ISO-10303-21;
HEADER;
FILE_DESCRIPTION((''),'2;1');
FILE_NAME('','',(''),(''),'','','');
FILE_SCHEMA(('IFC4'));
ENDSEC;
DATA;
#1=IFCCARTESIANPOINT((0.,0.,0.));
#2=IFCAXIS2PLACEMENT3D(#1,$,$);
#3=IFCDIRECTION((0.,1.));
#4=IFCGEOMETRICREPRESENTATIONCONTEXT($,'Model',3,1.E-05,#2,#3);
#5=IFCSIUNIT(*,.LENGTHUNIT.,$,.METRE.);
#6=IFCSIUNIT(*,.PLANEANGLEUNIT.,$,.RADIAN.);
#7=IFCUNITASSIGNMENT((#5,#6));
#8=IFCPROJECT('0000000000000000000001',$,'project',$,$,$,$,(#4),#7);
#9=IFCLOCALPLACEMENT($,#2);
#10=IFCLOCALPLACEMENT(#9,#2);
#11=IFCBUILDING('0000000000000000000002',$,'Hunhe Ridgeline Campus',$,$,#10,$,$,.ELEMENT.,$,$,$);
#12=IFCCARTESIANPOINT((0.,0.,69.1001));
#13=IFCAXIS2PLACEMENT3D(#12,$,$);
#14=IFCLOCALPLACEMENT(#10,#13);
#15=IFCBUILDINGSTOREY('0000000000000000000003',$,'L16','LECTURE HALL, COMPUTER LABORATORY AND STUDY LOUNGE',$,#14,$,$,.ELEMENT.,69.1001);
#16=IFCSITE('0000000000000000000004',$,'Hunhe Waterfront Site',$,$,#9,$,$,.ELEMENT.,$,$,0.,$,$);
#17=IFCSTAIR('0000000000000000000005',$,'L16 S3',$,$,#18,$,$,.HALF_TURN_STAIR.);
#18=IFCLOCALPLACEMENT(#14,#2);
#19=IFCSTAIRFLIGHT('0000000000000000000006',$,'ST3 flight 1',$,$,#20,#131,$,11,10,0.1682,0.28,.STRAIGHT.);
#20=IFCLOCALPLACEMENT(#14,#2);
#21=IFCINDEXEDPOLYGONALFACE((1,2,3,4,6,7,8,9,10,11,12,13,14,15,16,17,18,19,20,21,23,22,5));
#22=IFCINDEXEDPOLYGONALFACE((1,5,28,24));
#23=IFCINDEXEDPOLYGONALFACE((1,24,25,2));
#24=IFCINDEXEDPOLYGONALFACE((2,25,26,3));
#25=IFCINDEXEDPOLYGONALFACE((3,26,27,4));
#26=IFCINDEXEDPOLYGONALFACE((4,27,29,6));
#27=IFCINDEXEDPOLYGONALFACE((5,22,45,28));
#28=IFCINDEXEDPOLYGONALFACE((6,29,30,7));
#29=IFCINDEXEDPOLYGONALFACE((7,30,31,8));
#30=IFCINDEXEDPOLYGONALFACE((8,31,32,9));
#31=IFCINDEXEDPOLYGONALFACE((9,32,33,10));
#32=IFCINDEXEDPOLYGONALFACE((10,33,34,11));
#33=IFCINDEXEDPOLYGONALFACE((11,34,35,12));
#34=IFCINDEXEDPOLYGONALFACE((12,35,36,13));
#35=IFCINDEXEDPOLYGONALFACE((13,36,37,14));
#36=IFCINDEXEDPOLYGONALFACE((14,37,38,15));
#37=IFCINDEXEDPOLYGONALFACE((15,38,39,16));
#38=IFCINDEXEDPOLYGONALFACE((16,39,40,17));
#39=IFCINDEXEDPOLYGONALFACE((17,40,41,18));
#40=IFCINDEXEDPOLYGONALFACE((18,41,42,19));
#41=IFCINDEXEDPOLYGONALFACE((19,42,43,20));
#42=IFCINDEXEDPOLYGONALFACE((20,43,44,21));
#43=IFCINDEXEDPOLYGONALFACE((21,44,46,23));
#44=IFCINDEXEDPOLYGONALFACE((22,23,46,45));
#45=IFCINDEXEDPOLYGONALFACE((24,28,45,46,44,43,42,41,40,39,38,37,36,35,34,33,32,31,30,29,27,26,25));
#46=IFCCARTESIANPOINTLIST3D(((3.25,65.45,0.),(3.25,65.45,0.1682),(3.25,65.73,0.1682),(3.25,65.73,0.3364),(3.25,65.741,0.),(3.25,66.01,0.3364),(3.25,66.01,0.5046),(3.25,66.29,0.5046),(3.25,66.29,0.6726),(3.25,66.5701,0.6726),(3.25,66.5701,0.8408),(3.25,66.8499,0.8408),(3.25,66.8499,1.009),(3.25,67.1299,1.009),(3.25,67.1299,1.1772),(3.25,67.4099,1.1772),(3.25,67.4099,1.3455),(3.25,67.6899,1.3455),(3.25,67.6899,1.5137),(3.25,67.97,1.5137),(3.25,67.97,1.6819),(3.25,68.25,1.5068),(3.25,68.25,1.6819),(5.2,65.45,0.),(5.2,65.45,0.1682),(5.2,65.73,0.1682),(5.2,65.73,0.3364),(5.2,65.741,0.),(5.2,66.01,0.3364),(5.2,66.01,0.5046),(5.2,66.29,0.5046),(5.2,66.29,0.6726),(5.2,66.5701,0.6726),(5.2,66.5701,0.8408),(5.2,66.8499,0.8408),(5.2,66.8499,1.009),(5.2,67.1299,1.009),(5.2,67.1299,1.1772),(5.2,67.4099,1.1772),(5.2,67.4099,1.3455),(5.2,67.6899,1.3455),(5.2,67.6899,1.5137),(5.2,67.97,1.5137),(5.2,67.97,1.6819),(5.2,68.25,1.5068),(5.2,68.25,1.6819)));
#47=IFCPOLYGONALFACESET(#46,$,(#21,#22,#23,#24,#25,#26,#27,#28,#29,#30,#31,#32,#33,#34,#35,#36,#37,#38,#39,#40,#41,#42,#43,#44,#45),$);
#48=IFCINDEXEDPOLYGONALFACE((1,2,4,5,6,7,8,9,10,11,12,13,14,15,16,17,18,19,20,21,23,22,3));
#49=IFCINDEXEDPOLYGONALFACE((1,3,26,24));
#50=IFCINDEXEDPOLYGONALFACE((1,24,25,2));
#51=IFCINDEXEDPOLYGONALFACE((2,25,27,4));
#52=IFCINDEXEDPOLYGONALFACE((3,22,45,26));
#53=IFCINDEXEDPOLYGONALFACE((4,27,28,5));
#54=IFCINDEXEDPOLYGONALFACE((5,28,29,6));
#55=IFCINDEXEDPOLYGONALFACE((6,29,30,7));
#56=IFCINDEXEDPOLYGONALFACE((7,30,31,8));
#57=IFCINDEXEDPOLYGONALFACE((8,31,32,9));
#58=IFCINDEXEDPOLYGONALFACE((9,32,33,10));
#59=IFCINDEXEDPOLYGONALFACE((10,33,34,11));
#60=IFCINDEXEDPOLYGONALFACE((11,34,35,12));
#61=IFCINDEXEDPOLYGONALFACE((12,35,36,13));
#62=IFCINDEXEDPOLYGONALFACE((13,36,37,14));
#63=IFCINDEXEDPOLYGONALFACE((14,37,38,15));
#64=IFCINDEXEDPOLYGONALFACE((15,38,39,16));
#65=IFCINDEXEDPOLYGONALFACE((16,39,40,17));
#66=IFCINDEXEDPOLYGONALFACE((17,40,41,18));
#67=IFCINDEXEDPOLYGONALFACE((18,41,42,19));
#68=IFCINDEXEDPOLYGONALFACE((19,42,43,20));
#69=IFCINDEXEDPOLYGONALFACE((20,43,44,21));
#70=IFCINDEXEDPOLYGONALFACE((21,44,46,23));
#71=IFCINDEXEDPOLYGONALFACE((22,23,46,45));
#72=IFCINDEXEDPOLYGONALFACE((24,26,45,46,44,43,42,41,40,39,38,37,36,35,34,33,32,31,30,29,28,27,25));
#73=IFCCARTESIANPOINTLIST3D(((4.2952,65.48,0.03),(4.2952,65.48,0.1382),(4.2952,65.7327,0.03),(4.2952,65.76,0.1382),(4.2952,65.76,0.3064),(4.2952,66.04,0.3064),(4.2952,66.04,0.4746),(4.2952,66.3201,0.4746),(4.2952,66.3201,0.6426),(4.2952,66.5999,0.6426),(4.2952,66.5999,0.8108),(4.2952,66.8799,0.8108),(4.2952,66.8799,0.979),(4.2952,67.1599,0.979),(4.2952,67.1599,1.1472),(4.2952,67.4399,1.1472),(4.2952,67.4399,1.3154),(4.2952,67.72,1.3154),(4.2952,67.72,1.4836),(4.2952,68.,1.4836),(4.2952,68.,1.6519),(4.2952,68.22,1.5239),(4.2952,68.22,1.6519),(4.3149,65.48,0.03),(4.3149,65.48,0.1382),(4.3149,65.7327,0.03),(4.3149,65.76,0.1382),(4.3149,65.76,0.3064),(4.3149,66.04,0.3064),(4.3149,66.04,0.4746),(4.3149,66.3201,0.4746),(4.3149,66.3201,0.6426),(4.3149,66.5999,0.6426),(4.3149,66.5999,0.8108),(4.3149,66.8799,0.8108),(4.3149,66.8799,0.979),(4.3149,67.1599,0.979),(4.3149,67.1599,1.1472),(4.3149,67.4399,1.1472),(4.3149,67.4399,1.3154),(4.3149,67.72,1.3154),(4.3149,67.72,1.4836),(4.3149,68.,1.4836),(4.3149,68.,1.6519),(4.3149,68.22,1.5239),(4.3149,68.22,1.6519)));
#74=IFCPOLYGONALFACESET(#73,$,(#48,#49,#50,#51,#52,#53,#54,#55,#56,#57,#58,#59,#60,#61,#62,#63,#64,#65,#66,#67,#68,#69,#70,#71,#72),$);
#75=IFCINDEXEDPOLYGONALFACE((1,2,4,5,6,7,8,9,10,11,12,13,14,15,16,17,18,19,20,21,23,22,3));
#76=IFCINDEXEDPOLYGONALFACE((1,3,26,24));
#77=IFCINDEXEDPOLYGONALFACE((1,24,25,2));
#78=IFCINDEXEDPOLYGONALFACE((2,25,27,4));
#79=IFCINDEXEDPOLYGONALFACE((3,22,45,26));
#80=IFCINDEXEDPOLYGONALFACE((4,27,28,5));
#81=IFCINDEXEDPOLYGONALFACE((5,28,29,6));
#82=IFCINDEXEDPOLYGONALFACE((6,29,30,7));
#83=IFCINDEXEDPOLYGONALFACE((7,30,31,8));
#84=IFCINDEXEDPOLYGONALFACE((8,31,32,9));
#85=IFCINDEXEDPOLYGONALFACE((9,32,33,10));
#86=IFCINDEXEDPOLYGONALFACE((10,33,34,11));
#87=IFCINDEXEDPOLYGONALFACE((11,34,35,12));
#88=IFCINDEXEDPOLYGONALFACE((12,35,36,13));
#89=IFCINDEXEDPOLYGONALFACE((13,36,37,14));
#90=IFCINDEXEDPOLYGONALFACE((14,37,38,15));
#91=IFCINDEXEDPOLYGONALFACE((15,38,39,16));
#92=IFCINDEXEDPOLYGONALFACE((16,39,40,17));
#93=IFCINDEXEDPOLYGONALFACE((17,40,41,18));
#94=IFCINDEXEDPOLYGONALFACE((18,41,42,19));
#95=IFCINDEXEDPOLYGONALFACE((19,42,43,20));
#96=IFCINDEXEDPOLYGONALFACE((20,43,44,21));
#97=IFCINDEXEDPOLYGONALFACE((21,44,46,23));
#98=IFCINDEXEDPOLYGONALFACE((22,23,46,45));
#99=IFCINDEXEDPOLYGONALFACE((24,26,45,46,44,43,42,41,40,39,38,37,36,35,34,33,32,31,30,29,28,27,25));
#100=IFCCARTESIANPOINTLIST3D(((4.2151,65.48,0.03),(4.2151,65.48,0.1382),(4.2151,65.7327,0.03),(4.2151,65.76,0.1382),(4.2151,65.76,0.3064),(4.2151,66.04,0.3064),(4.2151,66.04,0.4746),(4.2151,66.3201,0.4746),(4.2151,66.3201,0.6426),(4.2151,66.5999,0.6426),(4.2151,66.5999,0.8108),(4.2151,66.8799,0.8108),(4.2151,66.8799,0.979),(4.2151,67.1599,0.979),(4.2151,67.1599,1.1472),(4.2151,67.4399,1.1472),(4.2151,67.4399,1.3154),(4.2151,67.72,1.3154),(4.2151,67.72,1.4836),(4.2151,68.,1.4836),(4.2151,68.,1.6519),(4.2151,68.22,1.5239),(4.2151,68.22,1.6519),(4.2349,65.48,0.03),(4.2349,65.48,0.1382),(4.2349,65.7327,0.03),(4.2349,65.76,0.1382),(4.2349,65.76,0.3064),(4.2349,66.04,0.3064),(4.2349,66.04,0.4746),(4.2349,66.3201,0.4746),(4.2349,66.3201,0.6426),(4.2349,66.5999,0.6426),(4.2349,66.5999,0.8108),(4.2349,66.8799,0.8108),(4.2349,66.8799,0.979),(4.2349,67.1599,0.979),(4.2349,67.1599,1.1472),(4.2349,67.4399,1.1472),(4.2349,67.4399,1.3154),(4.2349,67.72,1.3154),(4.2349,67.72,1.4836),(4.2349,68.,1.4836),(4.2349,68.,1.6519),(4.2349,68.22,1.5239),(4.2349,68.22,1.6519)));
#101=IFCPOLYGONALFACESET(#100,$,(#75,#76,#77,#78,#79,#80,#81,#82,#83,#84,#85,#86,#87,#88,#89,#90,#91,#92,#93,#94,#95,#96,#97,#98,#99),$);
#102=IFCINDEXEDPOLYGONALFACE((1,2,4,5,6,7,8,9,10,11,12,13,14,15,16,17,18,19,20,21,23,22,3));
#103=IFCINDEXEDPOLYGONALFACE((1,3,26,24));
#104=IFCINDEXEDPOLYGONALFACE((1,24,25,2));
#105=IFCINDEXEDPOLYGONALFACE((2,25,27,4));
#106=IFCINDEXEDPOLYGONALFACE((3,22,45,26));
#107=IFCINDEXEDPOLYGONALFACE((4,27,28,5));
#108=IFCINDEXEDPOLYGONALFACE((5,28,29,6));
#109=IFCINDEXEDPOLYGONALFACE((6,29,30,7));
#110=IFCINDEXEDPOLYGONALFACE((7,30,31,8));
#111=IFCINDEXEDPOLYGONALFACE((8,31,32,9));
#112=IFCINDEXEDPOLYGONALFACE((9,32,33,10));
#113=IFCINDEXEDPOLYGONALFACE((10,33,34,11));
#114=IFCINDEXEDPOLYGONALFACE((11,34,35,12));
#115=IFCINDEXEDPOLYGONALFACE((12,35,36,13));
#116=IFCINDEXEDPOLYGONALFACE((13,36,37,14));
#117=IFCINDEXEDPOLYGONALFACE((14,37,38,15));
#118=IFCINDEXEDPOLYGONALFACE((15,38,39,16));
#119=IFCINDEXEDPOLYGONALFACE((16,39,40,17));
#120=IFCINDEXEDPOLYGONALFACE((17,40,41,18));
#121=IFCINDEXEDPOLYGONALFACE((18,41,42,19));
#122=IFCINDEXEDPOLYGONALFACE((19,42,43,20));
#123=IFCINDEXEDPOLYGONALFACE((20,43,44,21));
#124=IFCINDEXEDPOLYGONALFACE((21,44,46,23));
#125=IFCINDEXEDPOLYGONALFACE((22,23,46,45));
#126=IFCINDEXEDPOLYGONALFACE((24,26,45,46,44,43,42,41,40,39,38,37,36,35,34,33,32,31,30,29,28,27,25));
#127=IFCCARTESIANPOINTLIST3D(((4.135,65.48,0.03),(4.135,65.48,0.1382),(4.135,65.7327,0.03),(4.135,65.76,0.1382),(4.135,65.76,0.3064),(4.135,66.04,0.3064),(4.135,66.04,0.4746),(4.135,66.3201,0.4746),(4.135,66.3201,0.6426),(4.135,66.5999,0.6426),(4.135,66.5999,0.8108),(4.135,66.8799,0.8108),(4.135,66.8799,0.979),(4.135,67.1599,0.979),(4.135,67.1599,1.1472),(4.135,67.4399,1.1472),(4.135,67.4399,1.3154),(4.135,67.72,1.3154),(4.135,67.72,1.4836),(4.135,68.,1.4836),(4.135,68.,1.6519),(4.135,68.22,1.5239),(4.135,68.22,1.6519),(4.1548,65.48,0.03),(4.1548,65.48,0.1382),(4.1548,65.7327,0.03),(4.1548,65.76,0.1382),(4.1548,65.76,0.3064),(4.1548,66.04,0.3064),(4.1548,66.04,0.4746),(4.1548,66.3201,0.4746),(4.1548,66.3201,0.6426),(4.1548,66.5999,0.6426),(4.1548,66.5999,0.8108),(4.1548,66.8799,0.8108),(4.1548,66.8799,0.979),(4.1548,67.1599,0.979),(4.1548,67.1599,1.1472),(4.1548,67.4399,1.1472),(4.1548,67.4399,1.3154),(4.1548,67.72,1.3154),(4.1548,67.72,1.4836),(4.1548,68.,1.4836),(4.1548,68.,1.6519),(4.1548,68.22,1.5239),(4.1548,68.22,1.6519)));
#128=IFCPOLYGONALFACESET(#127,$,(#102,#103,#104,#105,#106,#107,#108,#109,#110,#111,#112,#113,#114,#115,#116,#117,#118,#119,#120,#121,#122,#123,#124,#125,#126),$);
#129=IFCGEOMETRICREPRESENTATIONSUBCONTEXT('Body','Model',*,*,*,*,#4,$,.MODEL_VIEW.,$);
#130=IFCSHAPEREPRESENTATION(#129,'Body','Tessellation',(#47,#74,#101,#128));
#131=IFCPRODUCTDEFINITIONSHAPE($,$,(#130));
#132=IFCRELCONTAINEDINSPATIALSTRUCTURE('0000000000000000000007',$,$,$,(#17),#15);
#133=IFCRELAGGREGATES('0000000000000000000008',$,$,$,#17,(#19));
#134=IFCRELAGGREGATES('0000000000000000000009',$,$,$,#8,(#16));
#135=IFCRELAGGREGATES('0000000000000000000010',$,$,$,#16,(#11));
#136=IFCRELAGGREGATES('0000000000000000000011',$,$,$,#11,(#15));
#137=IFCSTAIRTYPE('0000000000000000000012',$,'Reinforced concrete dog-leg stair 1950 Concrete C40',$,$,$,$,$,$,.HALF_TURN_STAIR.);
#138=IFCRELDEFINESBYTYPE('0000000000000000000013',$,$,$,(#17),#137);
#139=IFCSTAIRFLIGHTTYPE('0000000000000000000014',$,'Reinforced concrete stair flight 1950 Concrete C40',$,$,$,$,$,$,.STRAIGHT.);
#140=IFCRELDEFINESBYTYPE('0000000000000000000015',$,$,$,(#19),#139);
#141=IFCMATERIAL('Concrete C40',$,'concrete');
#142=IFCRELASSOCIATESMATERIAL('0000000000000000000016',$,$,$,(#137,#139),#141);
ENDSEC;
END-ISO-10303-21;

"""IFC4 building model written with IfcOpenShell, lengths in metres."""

from ifc_helpers import new_model, si_unit, direction, frame, origin, place, context, subcontext, project, spatial, polyline, outline, extrude, material, type_object, element, aggregate, save


model = new_model("IFC4")

# Units and contexts
model_context = context("Model", 3, precision=1e-05, world=origin(), true_north=direction((0.0, 1.0)))
body_context = subcontext(model_context, "Body", "Model", "MODEL_VIEW")
ifc_project = project(units=[si_unit("LENGTHUNIT", "METRE"), si_unit("PLANEANGLEUNIT", "RADIAN")], contexts=[model_context])

# Site, building, storey
site_placement = place(None, origin())
site = spatial("IfcSite", under=ifc_project, at=site_placement, Name="Hunhe Waterfront Site", CompositionType="ELEMENT", RefElevation=0.0)
building_placement = place(site_placement, origin())
building = spatial("IfcBuilding", under=site, at=building_placement, Name="Hunhe Ridgeline Campus", CompositionType="ELEMENT")
storey_placement = place(building_placement, frame((0.0, 0.0, 69.1001)))
storey = spatial("IfcBuildingStorey", under=building, at=storey_placement, Name="L16", Description="LECTURE HALL, COMPUTER LABORATORY AND STUDY LOUNGE", CompositionType="ELEMENT", Elevation=69.1001)

# Stair, stair flight
ifc_material_1 = material(Name="Concrete C40", Category="concrete")
stair_type = type_object("IfcStairType", Name="Reinforced concrete dog-leg stair 1950 Concrete C40", PredefinedType="HALF_TURN_STAIR", material=ifc_material_1)
stair_1_placement = place(storey_placement, origin())
stair_1 = element("IfcStair", 1, at=stair_1_placement, inside=storey, type_object=stair_type, Name="L16 S3", PredefinedType="HALF_TURN_STAIR")
stair_flight_type = type_object("IfcStairFlightType", Name="Reinforced concrete stair flight 1950 Concrete C40", PredefinedType="STRAIGHT", material=ifc_material_1)
stair_flight_1_placement = place(storey_placement, frame((4.2251, 65.45, 0.0), z_axis=(0.0, 0.0, 1.0), x_axis=(0.0, 1.0, 0.0)))
stair_flight_1 = element("IfcStairFlight", 2, at=stair_flight_1_placement, type_object=stair_flight_type, Name="ST3 flight 1", NumberOfRisers=11, NumberOfTreads=10, PredefinedType="STRAIGHT", RiserHeight=0.1682, TreadLength=0.28, context=body_context, shape_type="SweptSolid", body=[
    extrude(outline(polyline([(0.0, 0.0), (0.0, 0.1682), (0.28, 0.1682), (0.28, 0.3364), (0.5601, 0.3364), (0.5601, 0.5046), (0.8401, 0.5046), (0.8401, 0.6726), (1.1201, 0.6726), (1.1201, 0.8408), (1.3999, 0.8408), (1.3999, 1.009), (1.6799, 1.009), (1.6799, 1.1772), (1.96, 1.1772), (1.96, 1.3455), (2.24, 1.3455), (2.24, 1.5137), (2.52, 1.5137), (2.52, 1.6819), (2.8, 1.6819), (2.8, 1.8501), (2.8, 1.5068), (0.291, 0.0), (0.0, 0.0)])), frame((0.0, 0.9751, 0.0), z_axis=(0.0, -1.0, 0.0), x_axis=(1.0, 0.0, 0.0)), (0.0, 0.0, 1.0), 1.95),
    extrude(outline(polyline([(0.03, 0.03), (0.03, 0.1382), (0.3101, 0.1382), (0.3101, 0.3064), (0.5901, 0.3064), (0.5901, 0.4746), (0.8701, 0.4746), (0.8701, 0.6426), (1.1499, 0.6426), (1.1499, 0.8108), (1.4299, 0.8108), (1.4299, 0.979), (1.71, 0.979), (1.71, 1.1472), (1.99, 1.1472), (1.99, 1.3154), (2.27, 1.3154), (2.27, 1.4836), (2.55, 1.4836), (2.55, 1.6519), (2.77, 1.6519), (2.77, 1.5239), (0.2827, 0.03), (0.03, 0.03)])), frame((0.0, -0.0701, 0.0), z_axis=(0.0, -1.0, 0.0), x_axis=(1.0, 0.0, 0.0)), (0.0, 0.0, 1.0), 0.0198),
    extrude(outline(polyline([(0.03, 0.03), (0.03, 0.1382), (0.3101, 0.1382), (0.3101, 0.3064), (0.5901, 0.3064), (0.5901, 0.4746), (0.8701, 0.4746), (0.8701, 0.6426), (1.1499, 0.6426), (1.1499, 0.8108), (1.4299, 0.8108), (1.4299, 0.979), (1.71, 0.979), (1.71, 1.1472), (1.99, 1.1472), (1.99, 1.3154), (2.27, 1.3154), (2.27, 1.4836), (2.55, 1.4836), (2.55, 1.6519), (2.77, 1.6519), (2.77, 1.5239), (0.2827, 0.03), (0.03, 0.03)])), frame((0.0, 0.01, 0.0), z_axis=(0.0, -1.0, 0.0), x_axis=(1.0, 0.0, 0.0)), (0.0, 0.0, 1.0), 0.0198),
    extrude(outline(polyline([(0.03, 0.03), (0.03, 0.1382), (0.3101, 0.1382), (0.3101, 0.3064), (0.5901, 0.3064), (0.5901, 0.4746), (0.8701, 0.4746), (0.8701, 0.6426), (1.1499, 0.6426), (1.1499, 0.8108), (1.4299, 0.8108), (1.4299, 0.979), (1.71, 0.979), (1.71, 1.1472), (1.99, 1.1472), (1.99, 1.3154), (2.27, 1.3154), (2.27, 1.4836), (2.55, 1.4836), (2.55, 1.6519), (2.77, 1.6519), (2.77, 1.5239), (0.2827, 0.03), (0.03, 0.03)])), frame((0.0, 0.0901, 0.0), z_axis=(0.0, -1.0, 0.0), x_axis=(1.0, 0.0, 0.0)), (0.0, 0.0, 1.0), 0.0198),
])
aggregate(stair_1, [stair_flight_1])

save(model, "model.ifc")
